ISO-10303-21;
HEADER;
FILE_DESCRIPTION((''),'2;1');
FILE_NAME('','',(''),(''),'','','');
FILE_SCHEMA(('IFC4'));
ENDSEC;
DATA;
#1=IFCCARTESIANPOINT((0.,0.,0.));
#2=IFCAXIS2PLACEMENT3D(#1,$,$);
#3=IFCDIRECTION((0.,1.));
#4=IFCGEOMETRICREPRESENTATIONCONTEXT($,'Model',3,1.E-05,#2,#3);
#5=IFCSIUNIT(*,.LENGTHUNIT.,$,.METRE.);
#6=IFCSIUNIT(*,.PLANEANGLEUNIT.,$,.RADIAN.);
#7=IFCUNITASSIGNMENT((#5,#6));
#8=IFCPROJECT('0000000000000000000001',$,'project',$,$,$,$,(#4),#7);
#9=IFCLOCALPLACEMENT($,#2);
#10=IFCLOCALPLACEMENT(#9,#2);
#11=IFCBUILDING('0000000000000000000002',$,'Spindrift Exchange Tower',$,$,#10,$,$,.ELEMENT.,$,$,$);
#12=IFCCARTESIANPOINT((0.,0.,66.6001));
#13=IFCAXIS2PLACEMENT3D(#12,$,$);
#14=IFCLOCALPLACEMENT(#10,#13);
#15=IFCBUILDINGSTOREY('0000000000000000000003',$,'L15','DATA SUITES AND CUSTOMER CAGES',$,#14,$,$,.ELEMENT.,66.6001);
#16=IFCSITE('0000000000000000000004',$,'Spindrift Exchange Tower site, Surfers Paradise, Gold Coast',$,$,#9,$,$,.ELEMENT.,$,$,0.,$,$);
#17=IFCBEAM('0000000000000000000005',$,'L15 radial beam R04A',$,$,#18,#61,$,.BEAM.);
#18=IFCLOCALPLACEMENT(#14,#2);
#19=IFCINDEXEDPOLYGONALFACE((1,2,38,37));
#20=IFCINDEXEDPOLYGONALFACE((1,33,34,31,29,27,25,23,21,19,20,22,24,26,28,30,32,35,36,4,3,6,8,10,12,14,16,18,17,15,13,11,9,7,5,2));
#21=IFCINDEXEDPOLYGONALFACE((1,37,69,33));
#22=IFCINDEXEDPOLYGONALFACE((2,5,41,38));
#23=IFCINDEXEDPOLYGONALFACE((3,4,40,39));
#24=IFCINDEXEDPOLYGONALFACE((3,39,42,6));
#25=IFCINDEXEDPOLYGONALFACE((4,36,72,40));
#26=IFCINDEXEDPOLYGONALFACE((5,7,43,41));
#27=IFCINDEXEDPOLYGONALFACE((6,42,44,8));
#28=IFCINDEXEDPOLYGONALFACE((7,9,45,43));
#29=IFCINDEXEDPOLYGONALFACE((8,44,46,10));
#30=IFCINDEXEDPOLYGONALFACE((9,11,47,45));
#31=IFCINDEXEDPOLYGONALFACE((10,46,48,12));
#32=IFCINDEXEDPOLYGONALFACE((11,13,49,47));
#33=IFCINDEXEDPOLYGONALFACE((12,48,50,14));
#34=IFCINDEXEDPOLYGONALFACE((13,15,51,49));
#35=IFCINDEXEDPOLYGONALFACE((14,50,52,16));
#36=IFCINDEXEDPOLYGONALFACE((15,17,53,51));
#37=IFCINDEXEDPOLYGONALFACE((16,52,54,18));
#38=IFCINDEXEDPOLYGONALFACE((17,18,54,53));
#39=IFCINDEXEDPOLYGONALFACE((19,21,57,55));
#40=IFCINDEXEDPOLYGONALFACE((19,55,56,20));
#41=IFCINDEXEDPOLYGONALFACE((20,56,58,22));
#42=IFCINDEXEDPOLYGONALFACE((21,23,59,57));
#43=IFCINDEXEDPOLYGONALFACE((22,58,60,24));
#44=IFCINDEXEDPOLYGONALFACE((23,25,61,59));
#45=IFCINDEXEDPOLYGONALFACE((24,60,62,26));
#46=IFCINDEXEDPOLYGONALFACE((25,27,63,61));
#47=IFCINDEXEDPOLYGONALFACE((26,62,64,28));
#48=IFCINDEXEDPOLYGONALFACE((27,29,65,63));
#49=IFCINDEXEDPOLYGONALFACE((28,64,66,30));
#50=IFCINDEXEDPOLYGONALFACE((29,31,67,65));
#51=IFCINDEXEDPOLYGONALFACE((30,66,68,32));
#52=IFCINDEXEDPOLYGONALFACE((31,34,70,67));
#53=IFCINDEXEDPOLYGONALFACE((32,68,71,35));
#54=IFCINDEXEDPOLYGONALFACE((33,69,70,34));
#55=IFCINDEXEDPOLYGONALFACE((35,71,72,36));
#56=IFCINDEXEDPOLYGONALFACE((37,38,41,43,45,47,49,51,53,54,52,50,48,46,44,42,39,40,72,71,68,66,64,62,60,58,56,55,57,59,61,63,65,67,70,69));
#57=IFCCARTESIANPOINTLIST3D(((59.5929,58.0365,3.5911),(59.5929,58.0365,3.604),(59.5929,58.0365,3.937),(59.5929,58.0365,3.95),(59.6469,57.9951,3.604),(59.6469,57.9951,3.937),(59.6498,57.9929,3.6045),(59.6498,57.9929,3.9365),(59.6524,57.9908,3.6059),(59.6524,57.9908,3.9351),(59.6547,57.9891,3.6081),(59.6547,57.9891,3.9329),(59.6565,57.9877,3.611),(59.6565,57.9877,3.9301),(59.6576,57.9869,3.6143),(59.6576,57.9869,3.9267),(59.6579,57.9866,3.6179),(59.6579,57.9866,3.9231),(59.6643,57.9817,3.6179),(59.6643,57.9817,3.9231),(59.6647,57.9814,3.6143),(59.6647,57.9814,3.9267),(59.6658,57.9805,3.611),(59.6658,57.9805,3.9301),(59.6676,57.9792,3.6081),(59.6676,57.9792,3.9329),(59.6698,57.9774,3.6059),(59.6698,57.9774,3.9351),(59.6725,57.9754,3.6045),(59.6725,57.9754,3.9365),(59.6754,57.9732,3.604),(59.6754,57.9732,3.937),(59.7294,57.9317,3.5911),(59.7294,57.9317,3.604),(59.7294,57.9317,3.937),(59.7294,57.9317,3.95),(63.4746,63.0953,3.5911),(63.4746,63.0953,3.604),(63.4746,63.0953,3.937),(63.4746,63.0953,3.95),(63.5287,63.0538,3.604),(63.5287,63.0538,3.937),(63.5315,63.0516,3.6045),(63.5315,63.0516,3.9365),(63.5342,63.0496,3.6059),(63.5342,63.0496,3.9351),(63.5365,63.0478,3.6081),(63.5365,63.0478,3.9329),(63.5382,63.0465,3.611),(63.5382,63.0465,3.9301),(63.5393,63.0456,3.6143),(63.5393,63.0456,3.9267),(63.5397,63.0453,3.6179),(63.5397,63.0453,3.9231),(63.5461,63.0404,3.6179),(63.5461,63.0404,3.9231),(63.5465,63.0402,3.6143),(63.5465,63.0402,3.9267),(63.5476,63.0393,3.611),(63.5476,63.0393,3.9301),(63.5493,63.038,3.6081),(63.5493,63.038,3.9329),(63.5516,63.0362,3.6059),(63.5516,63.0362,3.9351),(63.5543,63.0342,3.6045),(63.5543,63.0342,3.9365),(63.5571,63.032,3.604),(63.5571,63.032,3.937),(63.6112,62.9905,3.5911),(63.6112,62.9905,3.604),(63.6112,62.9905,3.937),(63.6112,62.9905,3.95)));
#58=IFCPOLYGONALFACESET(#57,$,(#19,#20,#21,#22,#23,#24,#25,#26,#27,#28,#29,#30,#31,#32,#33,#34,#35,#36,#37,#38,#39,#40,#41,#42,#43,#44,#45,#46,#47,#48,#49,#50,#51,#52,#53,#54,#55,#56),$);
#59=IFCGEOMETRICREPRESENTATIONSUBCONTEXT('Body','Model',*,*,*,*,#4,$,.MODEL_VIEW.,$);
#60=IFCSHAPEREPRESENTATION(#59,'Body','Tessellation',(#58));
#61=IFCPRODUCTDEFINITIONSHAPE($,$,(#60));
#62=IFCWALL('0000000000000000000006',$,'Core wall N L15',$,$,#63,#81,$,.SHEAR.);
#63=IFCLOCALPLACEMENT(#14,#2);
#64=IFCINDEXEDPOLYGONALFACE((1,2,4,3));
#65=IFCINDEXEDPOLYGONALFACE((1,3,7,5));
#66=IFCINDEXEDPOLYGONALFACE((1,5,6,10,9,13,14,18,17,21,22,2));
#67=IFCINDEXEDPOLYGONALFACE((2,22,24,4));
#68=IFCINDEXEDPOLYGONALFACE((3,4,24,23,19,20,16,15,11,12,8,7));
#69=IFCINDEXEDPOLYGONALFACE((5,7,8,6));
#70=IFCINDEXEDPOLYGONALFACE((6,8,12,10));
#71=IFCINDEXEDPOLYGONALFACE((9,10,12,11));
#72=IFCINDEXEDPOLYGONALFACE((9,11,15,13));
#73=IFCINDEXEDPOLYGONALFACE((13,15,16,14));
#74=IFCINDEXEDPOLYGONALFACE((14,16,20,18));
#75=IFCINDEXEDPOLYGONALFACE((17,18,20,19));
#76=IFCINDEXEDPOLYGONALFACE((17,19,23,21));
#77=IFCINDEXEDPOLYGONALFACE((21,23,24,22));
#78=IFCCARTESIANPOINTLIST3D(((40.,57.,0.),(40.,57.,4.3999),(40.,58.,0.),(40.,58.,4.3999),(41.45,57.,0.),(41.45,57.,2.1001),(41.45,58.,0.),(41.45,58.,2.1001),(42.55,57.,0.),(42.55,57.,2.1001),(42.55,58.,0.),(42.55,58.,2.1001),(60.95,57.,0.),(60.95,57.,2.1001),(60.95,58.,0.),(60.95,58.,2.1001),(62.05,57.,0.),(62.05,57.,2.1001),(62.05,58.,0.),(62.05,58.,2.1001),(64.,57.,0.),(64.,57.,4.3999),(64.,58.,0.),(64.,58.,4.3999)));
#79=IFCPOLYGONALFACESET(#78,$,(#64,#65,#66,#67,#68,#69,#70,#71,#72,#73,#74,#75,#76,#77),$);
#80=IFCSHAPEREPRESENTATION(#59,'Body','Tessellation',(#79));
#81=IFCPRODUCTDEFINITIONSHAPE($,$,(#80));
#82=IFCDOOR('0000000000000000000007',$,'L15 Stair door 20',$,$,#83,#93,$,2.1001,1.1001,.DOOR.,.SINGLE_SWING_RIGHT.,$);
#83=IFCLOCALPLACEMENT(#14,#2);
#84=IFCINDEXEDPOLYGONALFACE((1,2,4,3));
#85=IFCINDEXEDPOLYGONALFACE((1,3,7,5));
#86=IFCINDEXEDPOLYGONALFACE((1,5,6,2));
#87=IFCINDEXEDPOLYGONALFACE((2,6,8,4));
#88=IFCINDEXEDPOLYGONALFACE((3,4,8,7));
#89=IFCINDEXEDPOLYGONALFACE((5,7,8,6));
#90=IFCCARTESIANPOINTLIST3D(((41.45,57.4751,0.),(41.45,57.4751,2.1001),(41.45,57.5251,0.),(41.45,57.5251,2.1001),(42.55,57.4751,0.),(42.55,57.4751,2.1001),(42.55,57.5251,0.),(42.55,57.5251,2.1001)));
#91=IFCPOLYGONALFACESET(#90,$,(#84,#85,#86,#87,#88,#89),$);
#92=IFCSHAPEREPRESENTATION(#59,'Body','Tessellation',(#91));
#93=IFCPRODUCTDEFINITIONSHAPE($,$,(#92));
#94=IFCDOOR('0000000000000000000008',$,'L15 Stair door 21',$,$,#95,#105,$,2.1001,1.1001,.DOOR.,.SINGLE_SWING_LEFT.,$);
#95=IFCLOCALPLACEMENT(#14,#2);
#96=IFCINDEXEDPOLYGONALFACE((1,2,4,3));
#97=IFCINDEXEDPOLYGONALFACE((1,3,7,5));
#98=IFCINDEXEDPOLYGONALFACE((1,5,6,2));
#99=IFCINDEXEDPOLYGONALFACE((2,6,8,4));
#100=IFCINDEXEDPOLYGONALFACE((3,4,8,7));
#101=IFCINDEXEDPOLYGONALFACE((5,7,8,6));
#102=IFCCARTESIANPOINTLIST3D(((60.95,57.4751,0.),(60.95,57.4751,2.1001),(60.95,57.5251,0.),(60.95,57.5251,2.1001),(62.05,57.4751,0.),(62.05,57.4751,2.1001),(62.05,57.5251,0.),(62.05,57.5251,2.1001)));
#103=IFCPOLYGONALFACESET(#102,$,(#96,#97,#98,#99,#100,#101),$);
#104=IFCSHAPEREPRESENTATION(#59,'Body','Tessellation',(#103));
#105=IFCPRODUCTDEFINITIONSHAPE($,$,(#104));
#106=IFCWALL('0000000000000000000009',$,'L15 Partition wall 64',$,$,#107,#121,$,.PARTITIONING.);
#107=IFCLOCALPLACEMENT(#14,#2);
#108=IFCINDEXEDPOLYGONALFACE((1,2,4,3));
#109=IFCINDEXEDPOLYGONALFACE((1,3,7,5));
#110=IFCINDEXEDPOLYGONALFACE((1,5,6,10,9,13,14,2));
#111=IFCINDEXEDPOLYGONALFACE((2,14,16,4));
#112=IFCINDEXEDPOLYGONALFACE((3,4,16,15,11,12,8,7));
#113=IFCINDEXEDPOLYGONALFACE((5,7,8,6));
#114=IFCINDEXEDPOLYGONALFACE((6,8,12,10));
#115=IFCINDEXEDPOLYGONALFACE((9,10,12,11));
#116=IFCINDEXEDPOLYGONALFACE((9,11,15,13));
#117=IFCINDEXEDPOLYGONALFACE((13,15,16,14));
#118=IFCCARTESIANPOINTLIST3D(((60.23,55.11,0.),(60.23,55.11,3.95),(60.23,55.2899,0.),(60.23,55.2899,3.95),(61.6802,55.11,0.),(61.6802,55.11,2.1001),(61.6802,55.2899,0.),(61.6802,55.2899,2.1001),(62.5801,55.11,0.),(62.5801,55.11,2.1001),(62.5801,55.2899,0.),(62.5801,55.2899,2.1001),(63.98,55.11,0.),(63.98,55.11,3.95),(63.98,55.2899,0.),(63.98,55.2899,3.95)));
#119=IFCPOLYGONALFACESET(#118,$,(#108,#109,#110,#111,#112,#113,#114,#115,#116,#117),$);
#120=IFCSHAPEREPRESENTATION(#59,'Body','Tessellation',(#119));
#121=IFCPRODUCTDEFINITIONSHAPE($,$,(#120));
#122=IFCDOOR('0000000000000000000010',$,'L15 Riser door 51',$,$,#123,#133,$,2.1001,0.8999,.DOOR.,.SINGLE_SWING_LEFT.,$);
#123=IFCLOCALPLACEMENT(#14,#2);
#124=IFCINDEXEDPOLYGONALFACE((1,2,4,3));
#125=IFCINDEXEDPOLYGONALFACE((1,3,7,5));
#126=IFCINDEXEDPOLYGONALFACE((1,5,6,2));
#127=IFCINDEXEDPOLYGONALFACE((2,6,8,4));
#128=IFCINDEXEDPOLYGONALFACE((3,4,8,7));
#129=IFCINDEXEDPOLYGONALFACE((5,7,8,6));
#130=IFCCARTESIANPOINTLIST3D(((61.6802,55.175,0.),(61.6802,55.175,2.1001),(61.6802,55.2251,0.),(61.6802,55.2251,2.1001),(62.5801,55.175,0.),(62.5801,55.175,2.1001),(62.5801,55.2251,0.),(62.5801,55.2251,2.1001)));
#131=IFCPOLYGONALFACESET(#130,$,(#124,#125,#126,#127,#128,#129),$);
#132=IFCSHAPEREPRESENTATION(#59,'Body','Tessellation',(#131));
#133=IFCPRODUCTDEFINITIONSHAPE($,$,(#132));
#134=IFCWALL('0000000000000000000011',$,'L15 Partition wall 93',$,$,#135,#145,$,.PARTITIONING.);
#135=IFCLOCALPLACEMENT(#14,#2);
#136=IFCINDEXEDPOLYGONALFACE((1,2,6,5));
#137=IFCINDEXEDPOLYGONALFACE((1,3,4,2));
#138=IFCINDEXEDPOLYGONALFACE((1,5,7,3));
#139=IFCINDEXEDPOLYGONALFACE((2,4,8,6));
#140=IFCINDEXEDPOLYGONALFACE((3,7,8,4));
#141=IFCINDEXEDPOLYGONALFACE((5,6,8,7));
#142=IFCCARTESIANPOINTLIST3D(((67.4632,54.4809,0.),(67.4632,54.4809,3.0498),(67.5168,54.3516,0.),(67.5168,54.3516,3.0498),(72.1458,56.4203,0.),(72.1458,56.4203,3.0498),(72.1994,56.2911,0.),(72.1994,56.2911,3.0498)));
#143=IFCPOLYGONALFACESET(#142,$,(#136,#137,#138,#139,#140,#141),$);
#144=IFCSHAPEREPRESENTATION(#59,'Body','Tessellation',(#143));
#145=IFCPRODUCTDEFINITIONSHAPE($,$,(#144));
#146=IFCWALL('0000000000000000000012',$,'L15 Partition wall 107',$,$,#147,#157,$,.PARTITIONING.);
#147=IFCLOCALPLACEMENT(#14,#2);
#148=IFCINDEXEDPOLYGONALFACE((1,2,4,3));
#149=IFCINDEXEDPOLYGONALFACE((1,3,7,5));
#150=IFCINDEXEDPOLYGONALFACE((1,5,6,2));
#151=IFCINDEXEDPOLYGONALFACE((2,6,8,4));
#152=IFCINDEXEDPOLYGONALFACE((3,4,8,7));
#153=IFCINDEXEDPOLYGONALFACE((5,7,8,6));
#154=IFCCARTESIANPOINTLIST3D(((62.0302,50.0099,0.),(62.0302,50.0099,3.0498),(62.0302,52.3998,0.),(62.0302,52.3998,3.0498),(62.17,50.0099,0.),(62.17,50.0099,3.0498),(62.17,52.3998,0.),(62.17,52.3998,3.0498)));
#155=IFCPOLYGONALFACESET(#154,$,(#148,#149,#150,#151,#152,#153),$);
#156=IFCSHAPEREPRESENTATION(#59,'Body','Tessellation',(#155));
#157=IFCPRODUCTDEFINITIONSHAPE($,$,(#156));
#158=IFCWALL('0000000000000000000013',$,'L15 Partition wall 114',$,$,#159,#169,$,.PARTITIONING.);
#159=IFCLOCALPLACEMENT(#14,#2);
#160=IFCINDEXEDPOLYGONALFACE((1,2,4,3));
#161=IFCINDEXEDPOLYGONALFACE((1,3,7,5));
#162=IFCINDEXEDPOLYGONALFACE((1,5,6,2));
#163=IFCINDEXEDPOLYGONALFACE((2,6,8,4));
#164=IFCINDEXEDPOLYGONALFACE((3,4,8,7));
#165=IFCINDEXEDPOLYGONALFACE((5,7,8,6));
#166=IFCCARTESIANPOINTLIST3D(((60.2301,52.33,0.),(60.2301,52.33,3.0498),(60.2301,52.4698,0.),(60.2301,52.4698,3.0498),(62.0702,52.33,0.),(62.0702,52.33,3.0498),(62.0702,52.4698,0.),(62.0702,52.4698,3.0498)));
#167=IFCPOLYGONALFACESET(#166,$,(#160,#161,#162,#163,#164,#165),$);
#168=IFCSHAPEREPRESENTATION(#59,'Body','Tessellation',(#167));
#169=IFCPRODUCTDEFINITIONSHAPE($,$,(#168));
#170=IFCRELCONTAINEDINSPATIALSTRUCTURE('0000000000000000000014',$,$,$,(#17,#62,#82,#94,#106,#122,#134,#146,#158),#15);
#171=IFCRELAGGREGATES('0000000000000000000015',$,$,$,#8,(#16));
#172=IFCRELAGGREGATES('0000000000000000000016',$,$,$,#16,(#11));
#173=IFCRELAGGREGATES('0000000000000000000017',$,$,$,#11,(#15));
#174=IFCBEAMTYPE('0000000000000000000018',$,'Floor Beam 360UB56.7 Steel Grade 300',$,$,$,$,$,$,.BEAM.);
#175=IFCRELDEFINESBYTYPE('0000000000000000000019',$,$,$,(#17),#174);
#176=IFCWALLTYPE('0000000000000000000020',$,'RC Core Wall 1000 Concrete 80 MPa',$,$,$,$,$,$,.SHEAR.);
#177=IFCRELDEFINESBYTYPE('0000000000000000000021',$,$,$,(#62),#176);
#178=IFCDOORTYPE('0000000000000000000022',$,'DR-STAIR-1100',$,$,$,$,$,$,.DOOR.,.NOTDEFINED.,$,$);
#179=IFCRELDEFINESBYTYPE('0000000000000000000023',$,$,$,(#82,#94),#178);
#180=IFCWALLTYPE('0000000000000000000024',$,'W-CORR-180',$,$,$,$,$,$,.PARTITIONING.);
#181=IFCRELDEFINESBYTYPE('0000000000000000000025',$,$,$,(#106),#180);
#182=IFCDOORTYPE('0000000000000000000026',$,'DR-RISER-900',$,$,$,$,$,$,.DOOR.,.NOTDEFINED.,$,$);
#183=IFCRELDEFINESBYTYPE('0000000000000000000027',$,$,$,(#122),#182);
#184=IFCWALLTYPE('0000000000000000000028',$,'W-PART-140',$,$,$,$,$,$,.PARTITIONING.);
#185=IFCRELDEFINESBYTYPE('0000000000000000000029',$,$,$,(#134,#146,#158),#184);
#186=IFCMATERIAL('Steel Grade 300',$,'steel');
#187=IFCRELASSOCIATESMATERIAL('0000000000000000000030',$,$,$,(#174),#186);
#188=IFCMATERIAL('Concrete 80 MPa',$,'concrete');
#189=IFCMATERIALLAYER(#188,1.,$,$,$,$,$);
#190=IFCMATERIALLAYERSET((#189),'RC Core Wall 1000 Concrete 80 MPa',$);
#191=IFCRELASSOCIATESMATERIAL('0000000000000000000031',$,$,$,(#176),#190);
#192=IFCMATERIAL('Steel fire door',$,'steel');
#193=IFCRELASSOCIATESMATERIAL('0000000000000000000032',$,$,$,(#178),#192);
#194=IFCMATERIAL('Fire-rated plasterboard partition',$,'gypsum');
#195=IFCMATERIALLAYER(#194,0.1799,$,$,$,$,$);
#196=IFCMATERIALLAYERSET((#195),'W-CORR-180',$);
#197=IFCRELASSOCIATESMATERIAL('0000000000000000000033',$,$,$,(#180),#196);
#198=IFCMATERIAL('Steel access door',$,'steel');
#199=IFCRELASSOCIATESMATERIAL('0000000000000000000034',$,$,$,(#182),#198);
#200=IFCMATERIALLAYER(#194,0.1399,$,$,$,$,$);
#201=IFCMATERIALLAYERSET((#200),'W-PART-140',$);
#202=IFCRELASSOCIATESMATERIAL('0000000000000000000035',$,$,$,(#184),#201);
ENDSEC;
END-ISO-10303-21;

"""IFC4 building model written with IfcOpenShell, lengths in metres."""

from ifc_helpers import new_model, si_unit, direction, frame, frame_2d, origin, origin_2d, place, context, subcontext, project, spatial, rectangle, i_section, extrude, source, transform, mapped, material, layer, layer_set, material_profile, profile_set, type_object, element, fill, save


model = new_model("IFC4")

# Units and contexts
model_context = context("Model", 3, precision=1e-05, world=origin(), true_north=direction((0.0, 1.0)))
body_context = subcontext(model_context, "Body", "Model", "MODEL_VIEW")
ifc_project = project(units=[si_unit("LENGTHUNIT", "METRE"), si_unit("PLANEANGLEUNIT", "RADIAN")], contexts=[model_context])

# Site, building, storey
site_placement = place(None, origin())
site = spatial("IfcSite", under=ifc_project, at=site_placement, Name="Spindrift Exchange Tower site, Surfers Paradise, Gold Coast", CompositionType="ELEMENT", RefElevation=0.0)
building_placement = place(site_placement, origin())
building = spatial("IfcBuilding", under=site, at=building_placement, Name="Spindrift Exchange Tower", CompositionType="ELEMENT")
storey_placement = place(building_placement, frame((0.0, 0.0, 66.6001)))
storey = spatial("IfcBuildingStorey", under=building, at=storey_placement, Name="L15", Description="DATA SUITES AND CUSTOMER CAGES", CompositionType="ELEMENT", Elevation=66.6001)

# Beam
ifc_material_1 = material(Name="Steel Grade 300", Category="steel")
ifc_material_profile_1 = material_profile(ifc_material_1, i_section(OverallWidth=0.1721, OverallDepth=0.3589, WebThickness=0.0081, FlangeThickness=0.0129, FilletRadius=0.0139, at=origin_2d()), Name="360UB56.7")
ifc_profile_set_1 = profile_set([ifc_material_profile_1], Name="Steel Grade 300")
beam_type_1 = type_object("IfcBeamType", Name="Floor Beam 360UB56.7 Steel Grade 300", PredefinedType="BEAM", material=ifc_profile_set_1)
shared_shape_1 = source(origin(), body_context, "Body", "SweptSolid", [
    extrude(i_section(OverallWidth=0.1721, OverallDepth=0.3589, WebThickness=0.0081, FlangeThickness=0.0129, FilletRadius=0.0139, at=origin_2d()), origin(), (0.0, 0.0, 1.0), 6.3765),
])
beam_1_placement = place(storey_placement, frame((59.6611, 57.9841, 3.7705), z_axis=(0.608767, 0.793349, 0.0), x_axis=(-0.793349, 0.608767, 0.0)))
element("IfcBeam", 1, at=beam_1_placement, inside=storey, type_object=beam_type_1, Name="L15 radial beam R04A", PredefinedType="BEAM", context=body_context, shape_type="MappedRepresentation", body=[
    mapped(shared_shape_1, transform((0.0, 0.0, 0.0), scale=1.0)),
])

# Wall, openings, doors
ifc_material_2 = material(Name="Concrete 80 MPa", Category="concrete")
ifc_layer_1 = layer(ifc_material_2, 1.0)
ifc_layer_set_1 = layer_set([ifc_layer_1], Name="RC Core Wall 1000 Concrete 80 MPa")
wall_type_1 = type_object("IfcWallType", Name="RC Core Wall 1000 Concrete 80 MPa", PredefinedType="SHEAR", material=ifc_layer_set_1)
wall_1_placement = place(storey_placement, frame((64.0, 57.5, 0.0), z_axis=(0.0, 0.0, 1.0), x_axis=(-1.0, 0.0, 0.0)))
wall_1 = element("IfcWall", 2, at=wall_1_placement, inside=storey, type_object=wall_type_1, Name="Core wall N L15", PredefinedType="SHEAR", context=body_context, shape_type="SweptSolid", body=[
    extrude(rectangle(XDim=24.0, YDim=1.0, at=frame_2d((12.0, 0.0))), origin(), (0.0, 0.0, 1.0), 4.3999),
])
opening_1_placement = place(wall_1_placement, frame((21.45, 0.0, 0.0)))
opening_1 = element("IfcOpeningElement", 3, at=opening_1_placement, cuts=wall_1, PredefinedType="OPENING", context=body_context, shape_type="SweptSolid", body=[
    extrude(rectangle(XDim=1.1001, YDim=2.1001, at=frame_2d((0.55, 1.05))), frame((0.0, 0.51, 0.0), z_axis=(0.0, -1.0, 0.0), x_axis=(1.0, 0.0, 0.0)), (0.0, 0.0, 1.0), 1.02),
])
opening_2_placement = place(wall_1_placement, frame((1.95, 0.0, 0.0)))
opening_2 = element("IfcOpeningElement", 4, at=opening_2_placement, cuts=wall_1, PredefinedType="OPENING", context=body_context, shape_type="SweptSolid", body=[
    extrude(rectangle(XDim=1.1001, YDim=2.1001, at=frame_2d((0.55, 1.05))), frame((0.0, 0.51, 0.0), z_axis=(0.0, -1.0, 0.0), x_axis=(1.0, 0.0, 0.0)), (0.0, 0.0, 1.0), 1.02),
])
ifc_material_3 = material(Name="Steel fire door", Category="steel")
door_type_1 = type_object("IfcDoorType", Name="DR-STAIR-1100", OperationType="NOTDEFINED", PredefinedType="DOOR", material=ifc_material_3)
shared_shape_2 = source(origin(), body_context, "Body", "SweptSolid", [
    extrude(rectangle(XDim=1.1001, YDim=2.1001, at=frame_2d((0.55, 1.05))), frame((0.0, 0.0249, 0.0), z_axis=(0.0, -1.0, 0.0), x_axis=(1.0, 0.0, 0.0)), (0.0, 0.0, 1.0), 0.05),
])
door_1_placement = place(opening_1_placement, origin())
door_1 = element("IfcDoor", 5, at=door_1_placement, inside=storey, type_object=door_type_1, Name="L15 Stair door 20", OperationType="SINGLE_SWING_RIGHT", OverallHeight=2.1001, OverallWidth=1.1001, PredefinedType="DOOR", context=body_context, shape_type="MappedRepresentation", body=[
    mapped(shared_shape_2, transform((0.0, 0.0, 0.0), scale=1.0)),
])
fill(opening_1, door_1)
door_2_placement = place(opening_2_placement, origin())
door_2 = element("IfcDoor", 6, at=door_2_placement, inside=storey, type_object=door_type_1, Name="L15 Stair door 21", OperationType="SINGLE_SWING_LEFT", OverallHeight=2.1001, OverallWidth=1.1001, PredefinedType="DOOR", context=body_context, shape_type="MappedRepresentation", body=[
    mapped(shared_shape_2, transform((0.0, 0.0, 0.0), scale=1.0)),
])
fill(opening_2, door_2)

# Wall, opening, door
ifc_material_4 = material(Name="Fire-rated plasterboard partition", Category="gypsum")
ifc_layer_2 = layer(ifc_material_4, 0.1799)
ifc_layer_set_2 = layer_set([ifc_layer_2], Name="W-CORR-180")
wall_type_2 = type_object("IfcWallType", Name="W-CORR-180", PredefinedType="PARTITIONING", material=ifc_layer_set_2)
wall_2_placement = place(storey_placement, frame((63.98, 55.2, 0.0), z_axis=(0.0, 0.0, 1.0), x_axis=(-1.0, 0.0, 0.0)))
wall_2 = element("IfcWall", 7, at=wall_2_placement, inside=storey, type_object=wall_type_2, Name="L15 Partition wall 64", PredefinedType="PARTITIONING", context=body_context, shape_type="SweptSolid", body=[
    extrude(rectangle(XDim=3.75, YDim=0.1799, at=frame_2d((1.875, 0.0))), origin(), (0.0, 0.0, 1.0), 3.95),
])
opening_3_placement = place(wall_2_placement, frame((1.3999, 0.0, 0.0)))
opening_3 = element("IfcOpeningElement", 8, at=opening_3_placement, cuts=wall_2, PredefinedType="OPENING", context=body_context, shape_type="SweptSolid", body=[
    extrude(rectangle(XDim=0.8999, YDim=2.1001, at=frame_2d((0.45, 1.05))), frame((0.0, 0.0999, 0.0), z_axis=(0.0, -1.0, 0.0), x_axis=(1.0, 0.0, 0.0)), (0.0, 0.0, 1.0), 0.2),
])
ifc_material_5 = material(Name="Steel access door", Category="steel")
door_type_2 = type_object("IfcDoorType", Name="DR-RISER-900", OperationType="NOTDEFINED", PredefinedType="DOOR", material=ifc_material_5)
shared_shape_3 = source(origin(), body_context, "Body", "SweptSolid", [
    extrude(rectangle(XDim=0.8999, YDim=2.1001, at=frame_2d((0.45, 1.05))), frame((0.0, 0.0249, 0.0), z_axis=(0.0, -1.0, 0.0), x_axis=(1.0, 0.0, 0.0)), (0.0, 0.0, 1.0), 0.05),
])
door_3_placement = place(opening_3_placement, origin())
door_3 = element("IfcDoor", 9, at=door_3_placement, inside=storey, type_object=door_type_2, Name="L15 Riser door 51", OperationType="SINGLE_SWING_LEFT", OverallHeight=2.1001, OverallWidth=0.8999, PredefinedType="DOOR", context=body_context, shape_type="MappedRepresentation", body=[
    mapped(shared_shape_3, transform((0.0, 0.0, 0.0), scale=1.0)),
])
fill(opening_3, door_3)

# Walls
ifc_layer_3 = layer(ifc_material_4, 0.1399)
ifc_layer_set_3 = layer_set([ifc_layer_3], Name="W-PART-140")
wall_type_3 = type_object("IfcWallType", Name="W-PART-140", PredefinedType="PARTITIONING", material=ifc_layer_set_3)
wall_3_placement = place(storey_placement, frame((67.49, 54.4163, 0.0), z_axis=(0.0, 0.0, 1.0), x_axis=(0.92389, 0.382658, 0.0)))
element("IfcWall", 10, at=wall_3_placement, inside=storey, type_object=wall_type_3, Name="L15 Partition wall 93", PredefinedType="PARTITIONING", context=body_context, shape_type="SweptSolid", body=[
    extrude(rectangle(XDim=5.0684, YDim=0.1399, at=frame_2d((2.5342, 0.0))), origin(), (0.0, 0.0, 1.0), 3.0498),
])
wall_4_placement = place(storey_placement, frame((62.1001, 50.01, 0.0), z_axis=(0.0, 0.0, 1.0), x_axis=(0.0, 1.0, 0.0)))
element("IfcWall", 11, at=wall_4_placement, inside=storey, type_object=wall_type_3, Name="L15 Partition wall 107", PredefinedType="PARTITIONING", context=body_context, shape_type="SweptSolid", body=[
    extrude(rectangle(XDim=2.3899, YDim=0.1399, at=frame_2d((1.1948, 0.0))), origin(), (0.0, 0.0, 1.0), 3.0498),
])
wall_5_placement = place(storey_placement, frame((62.0701, 52.3999, 0.0), z_axis=(0.0, 0.0, 1.0), x_axis=(-1.0, 0.0, 0.0)))
element("IfcWall", 12, at=wall_5_placement, inside=storey, type_object=wall_type_3, Name="L15 Partition wall 114", PredefinedType="PARTITIONING", context=body_context, shape_type="SweptSolid", body=[
    extrude(rectangle(XDim=1.8401, YDim=0.1399, at=frame_2d((0.9199, 0.0))), origin(), (0.0, 0.0, 1.0), 3.0498),
])

save(model, "model.ifc")
